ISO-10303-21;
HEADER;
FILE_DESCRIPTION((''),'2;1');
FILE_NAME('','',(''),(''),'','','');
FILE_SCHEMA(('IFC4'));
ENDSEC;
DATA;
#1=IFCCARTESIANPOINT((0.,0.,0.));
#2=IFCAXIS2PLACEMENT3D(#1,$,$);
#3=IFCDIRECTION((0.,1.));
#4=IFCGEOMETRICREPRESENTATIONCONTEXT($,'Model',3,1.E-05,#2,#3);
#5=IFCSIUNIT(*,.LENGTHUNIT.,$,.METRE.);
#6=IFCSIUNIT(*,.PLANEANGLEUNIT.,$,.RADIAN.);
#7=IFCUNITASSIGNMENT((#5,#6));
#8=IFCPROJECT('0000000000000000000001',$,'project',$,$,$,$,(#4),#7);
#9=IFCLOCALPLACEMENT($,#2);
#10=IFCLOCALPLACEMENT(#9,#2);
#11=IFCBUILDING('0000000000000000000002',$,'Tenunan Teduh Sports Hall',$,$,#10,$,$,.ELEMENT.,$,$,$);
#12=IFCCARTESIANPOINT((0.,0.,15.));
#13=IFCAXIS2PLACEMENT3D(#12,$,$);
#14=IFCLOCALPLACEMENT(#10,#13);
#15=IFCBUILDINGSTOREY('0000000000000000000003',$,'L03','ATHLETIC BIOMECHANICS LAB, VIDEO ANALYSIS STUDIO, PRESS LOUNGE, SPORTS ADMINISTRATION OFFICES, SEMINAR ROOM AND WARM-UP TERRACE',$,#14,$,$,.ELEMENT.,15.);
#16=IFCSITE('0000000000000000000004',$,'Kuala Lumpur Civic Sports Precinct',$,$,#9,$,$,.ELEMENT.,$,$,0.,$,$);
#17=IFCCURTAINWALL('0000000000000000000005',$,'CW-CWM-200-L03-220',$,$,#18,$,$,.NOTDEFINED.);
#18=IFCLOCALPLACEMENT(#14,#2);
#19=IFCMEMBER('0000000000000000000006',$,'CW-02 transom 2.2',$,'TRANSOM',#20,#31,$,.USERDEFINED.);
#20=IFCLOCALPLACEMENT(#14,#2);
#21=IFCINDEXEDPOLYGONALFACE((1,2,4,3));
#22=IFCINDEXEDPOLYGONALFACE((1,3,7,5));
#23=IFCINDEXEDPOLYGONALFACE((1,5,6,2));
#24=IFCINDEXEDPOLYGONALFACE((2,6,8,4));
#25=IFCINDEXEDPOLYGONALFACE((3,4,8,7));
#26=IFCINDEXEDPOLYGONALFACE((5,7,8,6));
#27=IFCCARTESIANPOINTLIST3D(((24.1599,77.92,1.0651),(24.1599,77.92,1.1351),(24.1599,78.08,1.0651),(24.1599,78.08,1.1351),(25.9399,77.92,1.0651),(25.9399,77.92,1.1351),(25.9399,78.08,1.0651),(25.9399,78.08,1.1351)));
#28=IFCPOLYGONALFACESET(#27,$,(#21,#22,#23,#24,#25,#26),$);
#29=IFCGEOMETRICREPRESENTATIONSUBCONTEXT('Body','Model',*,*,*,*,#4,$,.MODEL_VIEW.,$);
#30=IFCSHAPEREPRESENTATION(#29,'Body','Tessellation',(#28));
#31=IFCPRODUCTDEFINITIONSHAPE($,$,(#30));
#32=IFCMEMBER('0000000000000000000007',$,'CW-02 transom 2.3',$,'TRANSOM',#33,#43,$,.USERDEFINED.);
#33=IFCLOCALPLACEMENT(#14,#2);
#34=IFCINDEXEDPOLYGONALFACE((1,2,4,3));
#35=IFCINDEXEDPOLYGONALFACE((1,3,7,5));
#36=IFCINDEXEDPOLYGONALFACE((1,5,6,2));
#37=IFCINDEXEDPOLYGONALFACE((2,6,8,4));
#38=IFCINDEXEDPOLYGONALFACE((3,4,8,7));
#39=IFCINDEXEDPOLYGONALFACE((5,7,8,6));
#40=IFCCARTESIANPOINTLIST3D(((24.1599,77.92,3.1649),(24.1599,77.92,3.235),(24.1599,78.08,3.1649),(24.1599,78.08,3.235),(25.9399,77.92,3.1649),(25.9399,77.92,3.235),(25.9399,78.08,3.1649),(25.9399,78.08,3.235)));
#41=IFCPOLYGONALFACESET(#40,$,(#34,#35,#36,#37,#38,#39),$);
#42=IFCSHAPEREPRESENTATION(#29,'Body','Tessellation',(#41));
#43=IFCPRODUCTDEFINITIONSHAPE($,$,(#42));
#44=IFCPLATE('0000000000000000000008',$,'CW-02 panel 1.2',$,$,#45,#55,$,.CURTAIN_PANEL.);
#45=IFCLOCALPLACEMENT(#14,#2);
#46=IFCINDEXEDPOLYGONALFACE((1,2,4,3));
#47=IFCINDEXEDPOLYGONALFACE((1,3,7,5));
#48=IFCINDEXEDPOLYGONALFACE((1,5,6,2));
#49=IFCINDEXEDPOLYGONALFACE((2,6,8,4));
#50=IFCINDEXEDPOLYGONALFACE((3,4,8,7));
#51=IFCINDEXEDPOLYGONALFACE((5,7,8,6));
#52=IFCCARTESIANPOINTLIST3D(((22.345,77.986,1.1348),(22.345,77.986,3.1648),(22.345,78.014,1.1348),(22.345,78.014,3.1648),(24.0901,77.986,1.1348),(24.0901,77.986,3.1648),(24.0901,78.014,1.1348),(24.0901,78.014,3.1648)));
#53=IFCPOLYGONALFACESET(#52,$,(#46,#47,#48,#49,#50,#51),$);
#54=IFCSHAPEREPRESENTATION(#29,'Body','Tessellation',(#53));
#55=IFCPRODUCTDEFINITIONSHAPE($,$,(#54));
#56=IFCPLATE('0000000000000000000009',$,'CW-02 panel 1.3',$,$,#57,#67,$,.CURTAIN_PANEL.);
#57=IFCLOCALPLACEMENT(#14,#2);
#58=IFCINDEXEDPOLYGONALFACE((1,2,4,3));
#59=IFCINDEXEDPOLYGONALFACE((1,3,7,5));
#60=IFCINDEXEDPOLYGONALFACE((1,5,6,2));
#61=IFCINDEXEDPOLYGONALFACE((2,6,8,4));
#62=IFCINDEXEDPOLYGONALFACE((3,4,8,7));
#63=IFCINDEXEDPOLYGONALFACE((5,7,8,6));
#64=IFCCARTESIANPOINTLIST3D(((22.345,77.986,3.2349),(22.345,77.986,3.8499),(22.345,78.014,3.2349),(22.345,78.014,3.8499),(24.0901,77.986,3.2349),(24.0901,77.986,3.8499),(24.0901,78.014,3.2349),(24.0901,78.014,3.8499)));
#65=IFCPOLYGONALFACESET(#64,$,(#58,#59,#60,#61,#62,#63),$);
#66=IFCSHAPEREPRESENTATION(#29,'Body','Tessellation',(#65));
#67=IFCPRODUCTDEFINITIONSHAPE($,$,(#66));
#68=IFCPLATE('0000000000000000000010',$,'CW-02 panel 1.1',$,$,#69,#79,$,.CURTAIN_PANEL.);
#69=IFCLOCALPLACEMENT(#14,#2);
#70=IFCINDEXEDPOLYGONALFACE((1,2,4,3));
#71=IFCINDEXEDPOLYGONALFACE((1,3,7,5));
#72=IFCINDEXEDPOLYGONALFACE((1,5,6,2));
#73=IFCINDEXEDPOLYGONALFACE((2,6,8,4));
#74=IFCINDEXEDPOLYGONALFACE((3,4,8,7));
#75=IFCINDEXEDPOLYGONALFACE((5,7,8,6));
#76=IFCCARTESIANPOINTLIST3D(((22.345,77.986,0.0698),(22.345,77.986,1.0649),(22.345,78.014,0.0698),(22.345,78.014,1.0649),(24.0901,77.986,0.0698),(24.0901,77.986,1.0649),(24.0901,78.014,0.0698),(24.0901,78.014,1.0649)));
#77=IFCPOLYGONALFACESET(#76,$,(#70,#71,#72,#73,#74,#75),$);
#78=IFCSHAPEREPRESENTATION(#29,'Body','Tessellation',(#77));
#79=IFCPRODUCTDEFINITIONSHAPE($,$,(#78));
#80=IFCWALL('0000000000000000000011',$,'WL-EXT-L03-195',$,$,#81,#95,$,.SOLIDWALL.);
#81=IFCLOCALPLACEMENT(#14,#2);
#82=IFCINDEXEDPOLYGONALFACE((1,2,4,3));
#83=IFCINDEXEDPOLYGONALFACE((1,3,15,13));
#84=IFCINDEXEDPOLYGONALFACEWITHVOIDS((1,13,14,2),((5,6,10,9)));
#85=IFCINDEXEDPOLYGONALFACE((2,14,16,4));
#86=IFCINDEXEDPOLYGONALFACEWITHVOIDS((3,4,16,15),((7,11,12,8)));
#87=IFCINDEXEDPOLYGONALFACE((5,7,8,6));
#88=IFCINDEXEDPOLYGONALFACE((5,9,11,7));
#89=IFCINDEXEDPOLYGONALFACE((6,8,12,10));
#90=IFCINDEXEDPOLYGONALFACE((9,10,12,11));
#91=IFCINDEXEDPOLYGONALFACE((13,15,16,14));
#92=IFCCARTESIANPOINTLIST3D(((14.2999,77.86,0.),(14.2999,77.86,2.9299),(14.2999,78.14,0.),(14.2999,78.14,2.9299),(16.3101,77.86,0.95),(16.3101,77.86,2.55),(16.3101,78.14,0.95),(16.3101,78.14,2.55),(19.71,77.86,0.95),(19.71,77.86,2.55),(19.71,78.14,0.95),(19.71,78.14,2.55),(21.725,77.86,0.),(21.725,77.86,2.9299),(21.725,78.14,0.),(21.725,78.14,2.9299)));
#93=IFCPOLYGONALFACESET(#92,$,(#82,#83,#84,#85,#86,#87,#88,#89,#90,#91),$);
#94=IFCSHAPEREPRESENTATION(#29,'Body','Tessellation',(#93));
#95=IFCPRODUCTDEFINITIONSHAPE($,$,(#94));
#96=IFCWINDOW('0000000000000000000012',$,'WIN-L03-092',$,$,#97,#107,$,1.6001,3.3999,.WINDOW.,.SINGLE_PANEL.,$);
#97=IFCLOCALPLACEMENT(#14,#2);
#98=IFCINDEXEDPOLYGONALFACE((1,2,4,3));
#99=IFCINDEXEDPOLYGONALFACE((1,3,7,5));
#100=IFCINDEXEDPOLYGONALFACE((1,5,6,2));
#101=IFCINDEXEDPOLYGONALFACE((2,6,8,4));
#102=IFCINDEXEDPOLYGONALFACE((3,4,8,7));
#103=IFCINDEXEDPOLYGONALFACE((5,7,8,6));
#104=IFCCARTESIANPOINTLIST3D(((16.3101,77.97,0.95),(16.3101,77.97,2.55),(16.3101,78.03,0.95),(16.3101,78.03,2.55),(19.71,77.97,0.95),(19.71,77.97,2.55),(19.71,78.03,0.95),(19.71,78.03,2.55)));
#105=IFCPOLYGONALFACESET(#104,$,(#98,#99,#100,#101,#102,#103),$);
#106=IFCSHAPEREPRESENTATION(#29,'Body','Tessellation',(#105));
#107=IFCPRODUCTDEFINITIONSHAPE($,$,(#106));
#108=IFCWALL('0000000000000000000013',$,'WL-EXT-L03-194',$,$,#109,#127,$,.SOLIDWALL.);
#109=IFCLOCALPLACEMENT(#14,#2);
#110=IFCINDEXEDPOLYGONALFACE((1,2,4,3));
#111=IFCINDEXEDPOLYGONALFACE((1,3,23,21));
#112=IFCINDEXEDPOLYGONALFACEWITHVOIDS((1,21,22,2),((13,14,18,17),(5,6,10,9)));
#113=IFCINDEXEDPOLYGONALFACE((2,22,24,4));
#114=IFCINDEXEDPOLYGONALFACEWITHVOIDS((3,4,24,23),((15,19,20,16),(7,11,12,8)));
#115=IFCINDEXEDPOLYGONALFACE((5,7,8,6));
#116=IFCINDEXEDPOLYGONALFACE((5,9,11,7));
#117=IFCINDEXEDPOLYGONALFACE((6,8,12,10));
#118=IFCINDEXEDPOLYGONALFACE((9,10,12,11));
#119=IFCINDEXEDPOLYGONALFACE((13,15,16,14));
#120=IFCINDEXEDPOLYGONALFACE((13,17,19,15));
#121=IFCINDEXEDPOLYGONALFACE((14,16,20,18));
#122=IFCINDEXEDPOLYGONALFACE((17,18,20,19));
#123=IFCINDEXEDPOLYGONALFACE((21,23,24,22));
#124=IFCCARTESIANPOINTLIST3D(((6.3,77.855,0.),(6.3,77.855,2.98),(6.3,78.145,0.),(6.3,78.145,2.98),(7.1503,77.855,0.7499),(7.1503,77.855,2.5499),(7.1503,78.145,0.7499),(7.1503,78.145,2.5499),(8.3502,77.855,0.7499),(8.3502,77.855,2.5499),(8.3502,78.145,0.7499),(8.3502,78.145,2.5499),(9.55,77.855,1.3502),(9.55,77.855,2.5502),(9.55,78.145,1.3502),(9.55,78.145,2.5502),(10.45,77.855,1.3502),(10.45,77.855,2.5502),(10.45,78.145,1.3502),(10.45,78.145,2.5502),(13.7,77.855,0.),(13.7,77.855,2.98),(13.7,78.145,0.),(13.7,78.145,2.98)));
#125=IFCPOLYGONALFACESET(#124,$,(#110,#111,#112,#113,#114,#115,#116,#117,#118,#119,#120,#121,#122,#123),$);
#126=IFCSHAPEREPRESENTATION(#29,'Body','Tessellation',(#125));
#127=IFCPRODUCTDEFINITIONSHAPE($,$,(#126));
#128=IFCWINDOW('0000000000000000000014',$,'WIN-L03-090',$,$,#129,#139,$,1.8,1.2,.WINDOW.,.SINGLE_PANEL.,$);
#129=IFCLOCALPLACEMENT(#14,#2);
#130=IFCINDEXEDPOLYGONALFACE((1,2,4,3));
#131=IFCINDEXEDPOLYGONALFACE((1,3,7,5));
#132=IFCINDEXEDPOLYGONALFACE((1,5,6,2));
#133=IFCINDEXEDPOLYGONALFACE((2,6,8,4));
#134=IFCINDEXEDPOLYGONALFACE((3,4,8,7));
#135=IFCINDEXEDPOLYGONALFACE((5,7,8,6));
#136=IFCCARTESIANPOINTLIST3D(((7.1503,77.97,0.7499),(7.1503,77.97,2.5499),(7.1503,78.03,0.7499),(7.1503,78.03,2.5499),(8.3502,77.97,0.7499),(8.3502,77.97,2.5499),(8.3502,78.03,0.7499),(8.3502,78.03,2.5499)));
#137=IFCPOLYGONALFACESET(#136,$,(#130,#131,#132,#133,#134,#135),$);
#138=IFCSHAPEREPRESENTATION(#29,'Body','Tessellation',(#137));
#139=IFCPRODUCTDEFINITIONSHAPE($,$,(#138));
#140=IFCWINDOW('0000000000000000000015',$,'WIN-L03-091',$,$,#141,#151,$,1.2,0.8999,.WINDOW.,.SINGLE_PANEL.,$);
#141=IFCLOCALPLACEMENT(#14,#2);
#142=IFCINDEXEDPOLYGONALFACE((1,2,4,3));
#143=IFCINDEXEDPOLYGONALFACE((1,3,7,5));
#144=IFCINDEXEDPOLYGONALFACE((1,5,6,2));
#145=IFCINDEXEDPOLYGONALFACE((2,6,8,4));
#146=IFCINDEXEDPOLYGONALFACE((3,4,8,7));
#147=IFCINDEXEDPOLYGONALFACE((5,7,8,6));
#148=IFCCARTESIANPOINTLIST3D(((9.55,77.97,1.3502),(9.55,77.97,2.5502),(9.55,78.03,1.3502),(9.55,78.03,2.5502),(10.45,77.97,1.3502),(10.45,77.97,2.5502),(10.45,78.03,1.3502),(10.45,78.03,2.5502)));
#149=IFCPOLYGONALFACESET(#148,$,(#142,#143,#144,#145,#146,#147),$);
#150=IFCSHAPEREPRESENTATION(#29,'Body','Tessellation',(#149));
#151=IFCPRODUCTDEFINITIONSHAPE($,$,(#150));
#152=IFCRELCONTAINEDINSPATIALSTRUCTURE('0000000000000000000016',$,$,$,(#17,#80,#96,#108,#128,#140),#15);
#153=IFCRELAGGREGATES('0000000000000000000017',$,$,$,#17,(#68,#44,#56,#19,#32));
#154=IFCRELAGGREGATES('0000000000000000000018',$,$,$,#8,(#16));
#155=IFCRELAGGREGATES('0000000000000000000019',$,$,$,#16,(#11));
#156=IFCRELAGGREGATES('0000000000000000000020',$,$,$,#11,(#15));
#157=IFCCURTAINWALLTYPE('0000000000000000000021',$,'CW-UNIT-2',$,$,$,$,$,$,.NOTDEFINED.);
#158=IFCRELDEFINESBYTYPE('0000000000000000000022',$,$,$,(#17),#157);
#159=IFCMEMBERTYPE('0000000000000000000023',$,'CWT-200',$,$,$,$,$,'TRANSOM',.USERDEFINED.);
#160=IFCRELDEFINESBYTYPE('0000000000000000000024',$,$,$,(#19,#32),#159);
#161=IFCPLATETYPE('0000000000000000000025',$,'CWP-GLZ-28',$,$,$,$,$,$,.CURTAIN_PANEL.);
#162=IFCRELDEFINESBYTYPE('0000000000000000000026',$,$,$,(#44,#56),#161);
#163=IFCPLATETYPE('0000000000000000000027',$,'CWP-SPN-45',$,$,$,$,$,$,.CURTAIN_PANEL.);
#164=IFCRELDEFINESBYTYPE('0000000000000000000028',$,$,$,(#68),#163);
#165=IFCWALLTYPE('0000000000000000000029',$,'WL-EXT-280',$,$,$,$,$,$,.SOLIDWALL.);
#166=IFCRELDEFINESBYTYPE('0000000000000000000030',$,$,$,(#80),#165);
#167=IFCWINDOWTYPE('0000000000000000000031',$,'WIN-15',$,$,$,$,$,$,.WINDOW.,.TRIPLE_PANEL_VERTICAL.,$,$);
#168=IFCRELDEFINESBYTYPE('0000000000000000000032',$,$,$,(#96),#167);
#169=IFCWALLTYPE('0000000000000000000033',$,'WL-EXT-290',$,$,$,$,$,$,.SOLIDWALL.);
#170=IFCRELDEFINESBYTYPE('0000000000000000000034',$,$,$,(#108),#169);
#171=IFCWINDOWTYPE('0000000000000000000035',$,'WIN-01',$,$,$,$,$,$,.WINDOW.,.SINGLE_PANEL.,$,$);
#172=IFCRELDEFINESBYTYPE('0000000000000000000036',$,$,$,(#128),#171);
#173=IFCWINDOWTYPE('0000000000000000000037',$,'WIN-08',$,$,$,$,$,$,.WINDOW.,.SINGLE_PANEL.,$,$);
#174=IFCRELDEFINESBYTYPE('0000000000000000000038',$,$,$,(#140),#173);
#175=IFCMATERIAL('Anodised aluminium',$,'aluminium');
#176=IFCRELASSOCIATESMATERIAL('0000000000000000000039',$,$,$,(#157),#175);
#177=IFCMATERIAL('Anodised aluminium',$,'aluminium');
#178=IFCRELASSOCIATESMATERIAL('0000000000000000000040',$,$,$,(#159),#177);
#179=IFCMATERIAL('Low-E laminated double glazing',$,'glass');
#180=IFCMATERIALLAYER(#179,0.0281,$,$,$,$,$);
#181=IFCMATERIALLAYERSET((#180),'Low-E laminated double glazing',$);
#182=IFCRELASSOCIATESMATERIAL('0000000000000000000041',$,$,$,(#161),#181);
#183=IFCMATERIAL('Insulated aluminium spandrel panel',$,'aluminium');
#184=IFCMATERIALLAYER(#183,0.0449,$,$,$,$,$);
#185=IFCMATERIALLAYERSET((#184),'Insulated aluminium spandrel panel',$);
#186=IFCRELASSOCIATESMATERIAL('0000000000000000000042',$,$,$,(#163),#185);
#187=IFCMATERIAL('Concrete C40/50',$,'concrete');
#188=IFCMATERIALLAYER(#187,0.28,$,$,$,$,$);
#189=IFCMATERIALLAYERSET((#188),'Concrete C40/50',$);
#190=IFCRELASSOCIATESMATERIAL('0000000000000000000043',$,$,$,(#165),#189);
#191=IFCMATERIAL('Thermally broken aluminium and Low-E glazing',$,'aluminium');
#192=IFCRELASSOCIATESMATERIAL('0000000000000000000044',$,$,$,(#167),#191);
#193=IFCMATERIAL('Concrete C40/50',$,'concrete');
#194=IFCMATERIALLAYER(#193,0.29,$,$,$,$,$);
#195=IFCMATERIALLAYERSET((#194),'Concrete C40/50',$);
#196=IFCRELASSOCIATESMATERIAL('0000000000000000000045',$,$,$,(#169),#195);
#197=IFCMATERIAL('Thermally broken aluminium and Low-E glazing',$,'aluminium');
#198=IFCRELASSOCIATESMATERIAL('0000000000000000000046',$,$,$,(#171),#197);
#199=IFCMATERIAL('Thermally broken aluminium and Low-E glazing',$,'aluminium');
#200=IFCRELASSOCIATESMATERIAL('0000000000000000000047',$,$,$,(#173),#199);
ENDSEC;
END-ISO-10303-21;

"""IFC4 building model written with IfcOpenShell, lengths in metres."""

from ifc_helpers import new_model, si_unit, direction, frame, frame_2d, origin, origin_2d, place, context, subcontext, project, spatial, rectangle, extrude, material, layer, layer_set, material_profile, profile_set, type_object, element, fill, aggregate, save


model = new_model("IFC4")

# Units and contexts
model_context = context("Model", 3, precision=1e-05, world=origin(), true_north=direction((0.0, 1.0)))
body_context = subcontext(model_context, "Body", "Model", "MODEL_VIEW")
ifc_project = project(units=[si_unit("LENGTHUNIT", "METRE"), si_unit("PLANEANGLEUNIT", "RADIAN")], contexts=[model_context])

# Site, building, storey
site_placement = place(None, origin())
site = spatial("IfcSite", under=ifc_project, at=site_placement, Name="Kuala Lumpur Civic Sports Precinct", CompositionType="ELEMENT", RefElevation=0.0)
building_placement = place(site_placement, origin())
building = spatial("IfcBuilding", under=site, at=building_placement, Name="Tenunan Teduh Sports Hall", CompositionType="ELEMENT")
storey_placement = place(building_placement, frame((0.0, 0.0, 15.0)))
storey = spatial("IfcBuildingStorey", under=building, at=storey_placement, Name="L03", Description="ATHLETIC BIOMECHANICS LAB, VIDEO ANALYSIS STUDIO, PRESS LOUNGE, SPORTS ADMINISTRATION OFFICES, SEMINAR ROOM AND WARM-UP TERRACE", CompositionType="ELEMENT", Elevation=15.0)

# Curtain wall, members, plates
ifc_material_1 = material(Name="Anodised aluminium", Category="aluminium")
curtain_wall_type = type_object("IfcCurtainWallType", Name="CW-UNIT-2", PredefinedType="NOTDEFINED", material=ifc_material_1)
curtain_wall_placement = place(storey_placement, origin())
curtain_wall = element("IfcCurtainWall", 1, at=curtain_wall_placement, inside=storey, type_object=curtain_wall_type, Name="CW-CWM-200-L03-220", PredefinedType="NOTDEFINED")
ifc_material_2 = material(Name="Anodised aluminium", Category="aluminium")
ifc_material_profile_1 = material_profile(ifc_material_2, rectangle(XDim=0.0701, YDim=0.1599, at=origin_2d()), Name="CWT 70x160")
ifc_profile_set_1 = profile_set([ifc_material_profile_1], Name="Anodised aluminium")
member_type_1 = type_object("IfcMemberType", Name="CWT-200", ElementType="TRANSOM", PredefinedType="USERDEFINED", material=ifc_profile_set_1)
member_1_placement = place(storey_placement, frame((24.1599, 78.0, 1.1001), z_axis=(1.0, 0.0, 0.0), x_axis=(0.0, 0.0, 1.0)))
member_1 = element("IfcMember", 2, at=member_1_placement, type_object=member_type_1, Name="CW-02 transom 2.2", ObjectType="TRANSOM", PredefinedType="USERDEFINED", context=body_context, shape_type="SweptSolid", body=[
    extrude(rectangle(XDim=0.0701, YDim=0.1599, at=origin_2d()), origin(), (0.0, 0.0, 1.0), 1.78),
])
member_2_placement = place(storey_placement, frame((24.1599, 78.0, 3.2), z_axis=(1.0, 0.0, 0.0), x_axis=(0.0, 0.0, 1.0)))
member_2 = element("IfcMember", 3, at=member_2_placement, type_object=member_type_1, Name="CW-02 transom 2.3", ObjectType="TRANSOM", PredefinedType="USERDEFINED", context=body_context, shape_type="SweptSolid", body=[
    extrude(rectangle(XDim=0.0701, YDim=0.1599, at=origin_2d()), origin(), (0.0, 0.0, 1.0), 1.78),
])
ifc_material_3 = material(Name="Low-E laminated double glazing", Category="glass")
ifc_layer_1 = layer(ifc_material_3, 0.0281)
ifc_layer_set_1 = layer_set([ifc_layer_1], Name="Low-E laminated double glazing")
plate_type_1 = type_object("IfcPlateType", Name="CWP-GLZ-28", PredefinedType="CURTAIN_PANEL", material=ifc_layer_set_1)
plate_1_placement = place(storey_placement, frame((23.2175, 78.0, 1.1348), z_axis=(0.0, 0.0, 1.0), x_axis=(1.0, 0.0, 0.0)))
plate_1 = element("IfcPlate", 4, at=plate_1_placement, type_object=plate_type_1, Name="CW-02 panel 1.2", PredefinedType="CURTAIN_PANEL", context=body_context, shape_type="SweptSolid", body=[
    extrude(rectangle(XDim=1.7451, YDim=0.0281, at=origin_2d()), origin(), (0.0, 0.0, 1.0), 2.03),
])
plate_2_placement = place(storey_placement, frame((23.2175, 78.0, 3.2349), z_axis=(0.0, 0.0, 1.0), x_axis=(1.0, 0.0, 0.0)))
plate_2 = element("IfcPlate", 5, at=plate_2_placement, type_object=plate_type_1, Name="CW-02 panel 1.3", PredefinedType="CURTAIN_PANEL", context=body_context, shape_type="SweptSolid", body=[
    extrude(rectangle(XDim=1.7451, YDim=0.0281, at=origin_2d()), origin(), (0.0, 0.0, 1.0), 0.615),
])
ifc_material_4 = material(Name="Insulated aluminium spandrel panel", Category="aluminium")
ifc_layer_2 = layer(ifc_material_4, 0.0449)
ifc_layer_set_2 = layer_set([ifc_layer_2], Name="Insulated aluminium spandrel panel")
plate_type_2 = type_object("IfcPlateType", Name="CWP-SPN-45", PredefinedType="CURTAIN_PANEL", material=ifc_layer_set_2)
plate_3_placement = place(storey_placement, frame((23.2175, 78.0, 0.0698), z_axis=(0.0, 0.0, 1.0), x_axis=(1.0, 0.0, 0.0)))
plate_3 = element("IfcPlate", 6, at=plate_3_placement, type_object=plate_type_2, Name="CW-02 panel 1.1", PredefinedType="CURTAIN_PANEL", context=body_context, shape_type="SweptSolid", body=[
    extrude(rectangle(XDim=1.7451, YDim=0.0281, at=origin_2d()), origin(), (0.0, 0.0, 1.0), 0.9951),
])
aggregate(curtain_wall, [plate_3, plate_1, plate_2, member_1, member_2])

# Wall, opening, window
ifc_material_5 = material(Name="Concrete C40/50", Category="concrete")
ifc_layer_3 = layer(ifc_material_5, 0.28)
ifc_layer_set_3 = layer_set([ifc_layer_3], Name="Concrete C40/50")
wall_type_1 = type_object("IfcWallType", Name="WL-EXT-280", PredefinedType="SOLIDWALL", material=ifc_layer_set_3)
wall_1_placement = place(storey_placement, frame((14.3, 78.0, 0.0), z_axis=(0.0, 0.0, 1.0), x_axis=(1.0, 0.0, 0.0)))
wall_1 = element("IfcWall", 7, at=wall_1_placement, inside=storey, type_object=wall_type_1, Name="WL-EXT-L03-195", PredefinedType="SOLIDWALL", context=body_context, shape_type="SweptSolid", body=[
    extrude(rectangle(XDim=7.425, YDim=0.28, at=frame_2d((3.7124, 0.0))), origin(), (0.0, 0.0, 1.0), 2.9299),
])
opening_1_placement = place(wall_1_placement, frame((2.01, 0.0, 0.95)))
opening_1 = element("IfcOpeningElement", 8, at=opening_1_placement, cuts=wall_1, PredefinedType="OPENING", context=body_context, shape_type="SweptSolid", body=[
    extrude(rectangle(XDim=3.3999, YDim=1.6001, at=frame_2d((1.7, 0.8))), frame((0.0, 0.1499, 0.0), z_axis=(0.0, -1.0, 0.0), x_axis=(1.0, 0.0, 0.0)), (0.0, 0.0, 1.0), 0.3),
])
ifc_material_6 = material(Name="Thermally broken aluminium and Low-E glazing", Category="aluminium")
window_type_1 = type_object("IfcWindowType", Name="WIN-15", PartitioningType="TRIPLE_PANEL_VERTICAL", PredefinedType="WINDOW", material=ifc_material_6)
window_1_placement = place(opening_1_placement, origin())
window_1 = element("IfcWindow", 9, at=window_1_placement, inside=storey, type_object=window_type_1, Name="WIN-L03-092", OverallHeight=1.6001, OverallWidth=3.3999, PartitioningType="SINGLE_PANEL", PredefinedType="WINDOW", context=body_context, shape_type="SweptSolid", body=[
    extrude(rectangle(XDim=3.3999, YDim=1.6001, at=frame_2d((1.7, 0.8))), frame((0.0, 0.03, 0.0), z_axis=(0.0, -1.0, 0.0), x_axis=(1.0, 0.0, 0.0)), (0.0, 0.0, 1.0), 0.0601),
])
fill(opening_1, window_1)

# Wall, openings, windows
ifc_material_7 = material(Name="Concrete C40/50", Category="concrete")
ifc_layer_4 = layer(ifc_material_7, 0.29)
ifc_layer_set_4 = layer_set([ifc_layer_4], Name="Concrete C40/50")
wall_type_2 = type_object("IfcWallType", Name="WL-EXT-290", PredefinedType="SOLIDWALL", material=ifc_layer_set_4)
wall_2_placement = place(storey_placement, frame((6.3, 78.0, 0.0), z_axis=(0.0, 0.0, 1.0), x_axis=(1.0, 0.0, 0.0)))
wall_2 = element("IfcWall", 10, at=wall_2_placement, inside=storey, type_object=wall_type_2, Name="WL-EXT-L03-194", PredefinedType="SOLIDWALL", context=body_context, shape_type="SweptSolid", body=[
    extrude(rectangle(XDim=7.3999, YDim=0.29, at=frame_2d((3.7, 0.0))), origin(), (0.0, 0.0, 1.0), 2.98),
])
opening_2_placement = place(wall_2_placement, frame((0.8501, 0.0, 0.75)))
opening_2 = element("IfcOpeningElement", 11, at=opening_2_placement, cuts=wall_2, PredefinedType="OPENING", context=body_context, shape_type="SweptSolid", body=[
    extrude(rectangle(XDim=1.2, YDim=1.8, at=frame_2d((0.6001, 0.8999))), frame((0.0, 0.155, 0.0), z_axis=(0.0, -1.0, 0.0), x_axis=(1.0, 0.0, 0.0)), (0.0, 0.0, 1.0), 0.3101),
])
opening_3_placement = place(wall_2_placement, frame((3.25, 0.0, 1.3501)))
opening_3 = element("IfcOpeningElement", 12, at=opening_3_placement, cuts=wall_2, PredefinedType="OPENING", context=body_context, shape_type="SweptSolid", body=[
    extrude(rectangle(XDim=0.8999, YDim=1.2, at=frame_2d((0.45, 0.6001))), frame((0.0, 0.155, 0.0), z_axis=(0.0, -1.0, 0.0), x_axis=(1.0, 0.0, 0.0)), (0.0, 0.0, 1.0), 0.3101),
])
ifc_material_8 = material(Name="Thermally broken aluminium and Low-E glazing", Category="aluminium")
window_type_2 = type_object("IfcWindowType", Name="WIN-01", PartitioningType="SINGLE_PANEL", PredefinedType="WINDOW", material=ifc_material_8)
window_2_placement = place(opening_2_placement, origin())
window_2 = element("IfcWindow", 13, at=window_2_placement, inside=storey, type_object=window_type_2, Name="WIN-L03-090", OverallHeight=1.8, OverallWidth=1.2, PartitioningType="SINGLE_PANEL", PredefinedType="WINDOW", context=body_context, shape_type="SweptSolid", body=[
    extrude(rectangle(XDim=1.2, YDim=1.8, at=frame_2d((0.6001, 0.8999))), frame((0.0, 0.03, 0.0), z_axis=(0.0, -1.0, 0.0), x_axis=(1.0, 0.0, 0.0)), (0.0, 0.0, 1.0), 0.0601),
])
fill(opening_2, window_2)
ifc_material_9 = material(Name="Thermally broken aluminium and Low-E glazing", Category="aluminium")
window_type_3 = type_object("IfcWindowType", Name="WIN-08", PartitioningType="SINGLE_PANEL", PredefinedType="WINDOW", material=ifc_material_9)
window_3_placement = place(opening_3_placement, origin())
window_3 = element("IfcWindow", 14, at=window_3_placement, inside=storey, type_object=window_type_3, Name="WIN-L03-091", OverallHeight=1.2, OverallWidth=0.8999, PartitioningType="SINGLE_PANEL", PredefinedType="WINDOW", context=body_context, shape_type="SweptSolid", body=[
    extrude(rectangle(XDim=0.8999, YDim=1.2, at=frame_2d((0.45, 0.6001))), frame((0.0, 0.03, 0.0), z_axis=(0.0, -1.0, 0.0), x_axis=(1.0, 0.0, 0.0)), (0.0, 0.0, 1.0), 0.0601),
])
fill(opening_3, window_3)

save(model, "model.ifc")
